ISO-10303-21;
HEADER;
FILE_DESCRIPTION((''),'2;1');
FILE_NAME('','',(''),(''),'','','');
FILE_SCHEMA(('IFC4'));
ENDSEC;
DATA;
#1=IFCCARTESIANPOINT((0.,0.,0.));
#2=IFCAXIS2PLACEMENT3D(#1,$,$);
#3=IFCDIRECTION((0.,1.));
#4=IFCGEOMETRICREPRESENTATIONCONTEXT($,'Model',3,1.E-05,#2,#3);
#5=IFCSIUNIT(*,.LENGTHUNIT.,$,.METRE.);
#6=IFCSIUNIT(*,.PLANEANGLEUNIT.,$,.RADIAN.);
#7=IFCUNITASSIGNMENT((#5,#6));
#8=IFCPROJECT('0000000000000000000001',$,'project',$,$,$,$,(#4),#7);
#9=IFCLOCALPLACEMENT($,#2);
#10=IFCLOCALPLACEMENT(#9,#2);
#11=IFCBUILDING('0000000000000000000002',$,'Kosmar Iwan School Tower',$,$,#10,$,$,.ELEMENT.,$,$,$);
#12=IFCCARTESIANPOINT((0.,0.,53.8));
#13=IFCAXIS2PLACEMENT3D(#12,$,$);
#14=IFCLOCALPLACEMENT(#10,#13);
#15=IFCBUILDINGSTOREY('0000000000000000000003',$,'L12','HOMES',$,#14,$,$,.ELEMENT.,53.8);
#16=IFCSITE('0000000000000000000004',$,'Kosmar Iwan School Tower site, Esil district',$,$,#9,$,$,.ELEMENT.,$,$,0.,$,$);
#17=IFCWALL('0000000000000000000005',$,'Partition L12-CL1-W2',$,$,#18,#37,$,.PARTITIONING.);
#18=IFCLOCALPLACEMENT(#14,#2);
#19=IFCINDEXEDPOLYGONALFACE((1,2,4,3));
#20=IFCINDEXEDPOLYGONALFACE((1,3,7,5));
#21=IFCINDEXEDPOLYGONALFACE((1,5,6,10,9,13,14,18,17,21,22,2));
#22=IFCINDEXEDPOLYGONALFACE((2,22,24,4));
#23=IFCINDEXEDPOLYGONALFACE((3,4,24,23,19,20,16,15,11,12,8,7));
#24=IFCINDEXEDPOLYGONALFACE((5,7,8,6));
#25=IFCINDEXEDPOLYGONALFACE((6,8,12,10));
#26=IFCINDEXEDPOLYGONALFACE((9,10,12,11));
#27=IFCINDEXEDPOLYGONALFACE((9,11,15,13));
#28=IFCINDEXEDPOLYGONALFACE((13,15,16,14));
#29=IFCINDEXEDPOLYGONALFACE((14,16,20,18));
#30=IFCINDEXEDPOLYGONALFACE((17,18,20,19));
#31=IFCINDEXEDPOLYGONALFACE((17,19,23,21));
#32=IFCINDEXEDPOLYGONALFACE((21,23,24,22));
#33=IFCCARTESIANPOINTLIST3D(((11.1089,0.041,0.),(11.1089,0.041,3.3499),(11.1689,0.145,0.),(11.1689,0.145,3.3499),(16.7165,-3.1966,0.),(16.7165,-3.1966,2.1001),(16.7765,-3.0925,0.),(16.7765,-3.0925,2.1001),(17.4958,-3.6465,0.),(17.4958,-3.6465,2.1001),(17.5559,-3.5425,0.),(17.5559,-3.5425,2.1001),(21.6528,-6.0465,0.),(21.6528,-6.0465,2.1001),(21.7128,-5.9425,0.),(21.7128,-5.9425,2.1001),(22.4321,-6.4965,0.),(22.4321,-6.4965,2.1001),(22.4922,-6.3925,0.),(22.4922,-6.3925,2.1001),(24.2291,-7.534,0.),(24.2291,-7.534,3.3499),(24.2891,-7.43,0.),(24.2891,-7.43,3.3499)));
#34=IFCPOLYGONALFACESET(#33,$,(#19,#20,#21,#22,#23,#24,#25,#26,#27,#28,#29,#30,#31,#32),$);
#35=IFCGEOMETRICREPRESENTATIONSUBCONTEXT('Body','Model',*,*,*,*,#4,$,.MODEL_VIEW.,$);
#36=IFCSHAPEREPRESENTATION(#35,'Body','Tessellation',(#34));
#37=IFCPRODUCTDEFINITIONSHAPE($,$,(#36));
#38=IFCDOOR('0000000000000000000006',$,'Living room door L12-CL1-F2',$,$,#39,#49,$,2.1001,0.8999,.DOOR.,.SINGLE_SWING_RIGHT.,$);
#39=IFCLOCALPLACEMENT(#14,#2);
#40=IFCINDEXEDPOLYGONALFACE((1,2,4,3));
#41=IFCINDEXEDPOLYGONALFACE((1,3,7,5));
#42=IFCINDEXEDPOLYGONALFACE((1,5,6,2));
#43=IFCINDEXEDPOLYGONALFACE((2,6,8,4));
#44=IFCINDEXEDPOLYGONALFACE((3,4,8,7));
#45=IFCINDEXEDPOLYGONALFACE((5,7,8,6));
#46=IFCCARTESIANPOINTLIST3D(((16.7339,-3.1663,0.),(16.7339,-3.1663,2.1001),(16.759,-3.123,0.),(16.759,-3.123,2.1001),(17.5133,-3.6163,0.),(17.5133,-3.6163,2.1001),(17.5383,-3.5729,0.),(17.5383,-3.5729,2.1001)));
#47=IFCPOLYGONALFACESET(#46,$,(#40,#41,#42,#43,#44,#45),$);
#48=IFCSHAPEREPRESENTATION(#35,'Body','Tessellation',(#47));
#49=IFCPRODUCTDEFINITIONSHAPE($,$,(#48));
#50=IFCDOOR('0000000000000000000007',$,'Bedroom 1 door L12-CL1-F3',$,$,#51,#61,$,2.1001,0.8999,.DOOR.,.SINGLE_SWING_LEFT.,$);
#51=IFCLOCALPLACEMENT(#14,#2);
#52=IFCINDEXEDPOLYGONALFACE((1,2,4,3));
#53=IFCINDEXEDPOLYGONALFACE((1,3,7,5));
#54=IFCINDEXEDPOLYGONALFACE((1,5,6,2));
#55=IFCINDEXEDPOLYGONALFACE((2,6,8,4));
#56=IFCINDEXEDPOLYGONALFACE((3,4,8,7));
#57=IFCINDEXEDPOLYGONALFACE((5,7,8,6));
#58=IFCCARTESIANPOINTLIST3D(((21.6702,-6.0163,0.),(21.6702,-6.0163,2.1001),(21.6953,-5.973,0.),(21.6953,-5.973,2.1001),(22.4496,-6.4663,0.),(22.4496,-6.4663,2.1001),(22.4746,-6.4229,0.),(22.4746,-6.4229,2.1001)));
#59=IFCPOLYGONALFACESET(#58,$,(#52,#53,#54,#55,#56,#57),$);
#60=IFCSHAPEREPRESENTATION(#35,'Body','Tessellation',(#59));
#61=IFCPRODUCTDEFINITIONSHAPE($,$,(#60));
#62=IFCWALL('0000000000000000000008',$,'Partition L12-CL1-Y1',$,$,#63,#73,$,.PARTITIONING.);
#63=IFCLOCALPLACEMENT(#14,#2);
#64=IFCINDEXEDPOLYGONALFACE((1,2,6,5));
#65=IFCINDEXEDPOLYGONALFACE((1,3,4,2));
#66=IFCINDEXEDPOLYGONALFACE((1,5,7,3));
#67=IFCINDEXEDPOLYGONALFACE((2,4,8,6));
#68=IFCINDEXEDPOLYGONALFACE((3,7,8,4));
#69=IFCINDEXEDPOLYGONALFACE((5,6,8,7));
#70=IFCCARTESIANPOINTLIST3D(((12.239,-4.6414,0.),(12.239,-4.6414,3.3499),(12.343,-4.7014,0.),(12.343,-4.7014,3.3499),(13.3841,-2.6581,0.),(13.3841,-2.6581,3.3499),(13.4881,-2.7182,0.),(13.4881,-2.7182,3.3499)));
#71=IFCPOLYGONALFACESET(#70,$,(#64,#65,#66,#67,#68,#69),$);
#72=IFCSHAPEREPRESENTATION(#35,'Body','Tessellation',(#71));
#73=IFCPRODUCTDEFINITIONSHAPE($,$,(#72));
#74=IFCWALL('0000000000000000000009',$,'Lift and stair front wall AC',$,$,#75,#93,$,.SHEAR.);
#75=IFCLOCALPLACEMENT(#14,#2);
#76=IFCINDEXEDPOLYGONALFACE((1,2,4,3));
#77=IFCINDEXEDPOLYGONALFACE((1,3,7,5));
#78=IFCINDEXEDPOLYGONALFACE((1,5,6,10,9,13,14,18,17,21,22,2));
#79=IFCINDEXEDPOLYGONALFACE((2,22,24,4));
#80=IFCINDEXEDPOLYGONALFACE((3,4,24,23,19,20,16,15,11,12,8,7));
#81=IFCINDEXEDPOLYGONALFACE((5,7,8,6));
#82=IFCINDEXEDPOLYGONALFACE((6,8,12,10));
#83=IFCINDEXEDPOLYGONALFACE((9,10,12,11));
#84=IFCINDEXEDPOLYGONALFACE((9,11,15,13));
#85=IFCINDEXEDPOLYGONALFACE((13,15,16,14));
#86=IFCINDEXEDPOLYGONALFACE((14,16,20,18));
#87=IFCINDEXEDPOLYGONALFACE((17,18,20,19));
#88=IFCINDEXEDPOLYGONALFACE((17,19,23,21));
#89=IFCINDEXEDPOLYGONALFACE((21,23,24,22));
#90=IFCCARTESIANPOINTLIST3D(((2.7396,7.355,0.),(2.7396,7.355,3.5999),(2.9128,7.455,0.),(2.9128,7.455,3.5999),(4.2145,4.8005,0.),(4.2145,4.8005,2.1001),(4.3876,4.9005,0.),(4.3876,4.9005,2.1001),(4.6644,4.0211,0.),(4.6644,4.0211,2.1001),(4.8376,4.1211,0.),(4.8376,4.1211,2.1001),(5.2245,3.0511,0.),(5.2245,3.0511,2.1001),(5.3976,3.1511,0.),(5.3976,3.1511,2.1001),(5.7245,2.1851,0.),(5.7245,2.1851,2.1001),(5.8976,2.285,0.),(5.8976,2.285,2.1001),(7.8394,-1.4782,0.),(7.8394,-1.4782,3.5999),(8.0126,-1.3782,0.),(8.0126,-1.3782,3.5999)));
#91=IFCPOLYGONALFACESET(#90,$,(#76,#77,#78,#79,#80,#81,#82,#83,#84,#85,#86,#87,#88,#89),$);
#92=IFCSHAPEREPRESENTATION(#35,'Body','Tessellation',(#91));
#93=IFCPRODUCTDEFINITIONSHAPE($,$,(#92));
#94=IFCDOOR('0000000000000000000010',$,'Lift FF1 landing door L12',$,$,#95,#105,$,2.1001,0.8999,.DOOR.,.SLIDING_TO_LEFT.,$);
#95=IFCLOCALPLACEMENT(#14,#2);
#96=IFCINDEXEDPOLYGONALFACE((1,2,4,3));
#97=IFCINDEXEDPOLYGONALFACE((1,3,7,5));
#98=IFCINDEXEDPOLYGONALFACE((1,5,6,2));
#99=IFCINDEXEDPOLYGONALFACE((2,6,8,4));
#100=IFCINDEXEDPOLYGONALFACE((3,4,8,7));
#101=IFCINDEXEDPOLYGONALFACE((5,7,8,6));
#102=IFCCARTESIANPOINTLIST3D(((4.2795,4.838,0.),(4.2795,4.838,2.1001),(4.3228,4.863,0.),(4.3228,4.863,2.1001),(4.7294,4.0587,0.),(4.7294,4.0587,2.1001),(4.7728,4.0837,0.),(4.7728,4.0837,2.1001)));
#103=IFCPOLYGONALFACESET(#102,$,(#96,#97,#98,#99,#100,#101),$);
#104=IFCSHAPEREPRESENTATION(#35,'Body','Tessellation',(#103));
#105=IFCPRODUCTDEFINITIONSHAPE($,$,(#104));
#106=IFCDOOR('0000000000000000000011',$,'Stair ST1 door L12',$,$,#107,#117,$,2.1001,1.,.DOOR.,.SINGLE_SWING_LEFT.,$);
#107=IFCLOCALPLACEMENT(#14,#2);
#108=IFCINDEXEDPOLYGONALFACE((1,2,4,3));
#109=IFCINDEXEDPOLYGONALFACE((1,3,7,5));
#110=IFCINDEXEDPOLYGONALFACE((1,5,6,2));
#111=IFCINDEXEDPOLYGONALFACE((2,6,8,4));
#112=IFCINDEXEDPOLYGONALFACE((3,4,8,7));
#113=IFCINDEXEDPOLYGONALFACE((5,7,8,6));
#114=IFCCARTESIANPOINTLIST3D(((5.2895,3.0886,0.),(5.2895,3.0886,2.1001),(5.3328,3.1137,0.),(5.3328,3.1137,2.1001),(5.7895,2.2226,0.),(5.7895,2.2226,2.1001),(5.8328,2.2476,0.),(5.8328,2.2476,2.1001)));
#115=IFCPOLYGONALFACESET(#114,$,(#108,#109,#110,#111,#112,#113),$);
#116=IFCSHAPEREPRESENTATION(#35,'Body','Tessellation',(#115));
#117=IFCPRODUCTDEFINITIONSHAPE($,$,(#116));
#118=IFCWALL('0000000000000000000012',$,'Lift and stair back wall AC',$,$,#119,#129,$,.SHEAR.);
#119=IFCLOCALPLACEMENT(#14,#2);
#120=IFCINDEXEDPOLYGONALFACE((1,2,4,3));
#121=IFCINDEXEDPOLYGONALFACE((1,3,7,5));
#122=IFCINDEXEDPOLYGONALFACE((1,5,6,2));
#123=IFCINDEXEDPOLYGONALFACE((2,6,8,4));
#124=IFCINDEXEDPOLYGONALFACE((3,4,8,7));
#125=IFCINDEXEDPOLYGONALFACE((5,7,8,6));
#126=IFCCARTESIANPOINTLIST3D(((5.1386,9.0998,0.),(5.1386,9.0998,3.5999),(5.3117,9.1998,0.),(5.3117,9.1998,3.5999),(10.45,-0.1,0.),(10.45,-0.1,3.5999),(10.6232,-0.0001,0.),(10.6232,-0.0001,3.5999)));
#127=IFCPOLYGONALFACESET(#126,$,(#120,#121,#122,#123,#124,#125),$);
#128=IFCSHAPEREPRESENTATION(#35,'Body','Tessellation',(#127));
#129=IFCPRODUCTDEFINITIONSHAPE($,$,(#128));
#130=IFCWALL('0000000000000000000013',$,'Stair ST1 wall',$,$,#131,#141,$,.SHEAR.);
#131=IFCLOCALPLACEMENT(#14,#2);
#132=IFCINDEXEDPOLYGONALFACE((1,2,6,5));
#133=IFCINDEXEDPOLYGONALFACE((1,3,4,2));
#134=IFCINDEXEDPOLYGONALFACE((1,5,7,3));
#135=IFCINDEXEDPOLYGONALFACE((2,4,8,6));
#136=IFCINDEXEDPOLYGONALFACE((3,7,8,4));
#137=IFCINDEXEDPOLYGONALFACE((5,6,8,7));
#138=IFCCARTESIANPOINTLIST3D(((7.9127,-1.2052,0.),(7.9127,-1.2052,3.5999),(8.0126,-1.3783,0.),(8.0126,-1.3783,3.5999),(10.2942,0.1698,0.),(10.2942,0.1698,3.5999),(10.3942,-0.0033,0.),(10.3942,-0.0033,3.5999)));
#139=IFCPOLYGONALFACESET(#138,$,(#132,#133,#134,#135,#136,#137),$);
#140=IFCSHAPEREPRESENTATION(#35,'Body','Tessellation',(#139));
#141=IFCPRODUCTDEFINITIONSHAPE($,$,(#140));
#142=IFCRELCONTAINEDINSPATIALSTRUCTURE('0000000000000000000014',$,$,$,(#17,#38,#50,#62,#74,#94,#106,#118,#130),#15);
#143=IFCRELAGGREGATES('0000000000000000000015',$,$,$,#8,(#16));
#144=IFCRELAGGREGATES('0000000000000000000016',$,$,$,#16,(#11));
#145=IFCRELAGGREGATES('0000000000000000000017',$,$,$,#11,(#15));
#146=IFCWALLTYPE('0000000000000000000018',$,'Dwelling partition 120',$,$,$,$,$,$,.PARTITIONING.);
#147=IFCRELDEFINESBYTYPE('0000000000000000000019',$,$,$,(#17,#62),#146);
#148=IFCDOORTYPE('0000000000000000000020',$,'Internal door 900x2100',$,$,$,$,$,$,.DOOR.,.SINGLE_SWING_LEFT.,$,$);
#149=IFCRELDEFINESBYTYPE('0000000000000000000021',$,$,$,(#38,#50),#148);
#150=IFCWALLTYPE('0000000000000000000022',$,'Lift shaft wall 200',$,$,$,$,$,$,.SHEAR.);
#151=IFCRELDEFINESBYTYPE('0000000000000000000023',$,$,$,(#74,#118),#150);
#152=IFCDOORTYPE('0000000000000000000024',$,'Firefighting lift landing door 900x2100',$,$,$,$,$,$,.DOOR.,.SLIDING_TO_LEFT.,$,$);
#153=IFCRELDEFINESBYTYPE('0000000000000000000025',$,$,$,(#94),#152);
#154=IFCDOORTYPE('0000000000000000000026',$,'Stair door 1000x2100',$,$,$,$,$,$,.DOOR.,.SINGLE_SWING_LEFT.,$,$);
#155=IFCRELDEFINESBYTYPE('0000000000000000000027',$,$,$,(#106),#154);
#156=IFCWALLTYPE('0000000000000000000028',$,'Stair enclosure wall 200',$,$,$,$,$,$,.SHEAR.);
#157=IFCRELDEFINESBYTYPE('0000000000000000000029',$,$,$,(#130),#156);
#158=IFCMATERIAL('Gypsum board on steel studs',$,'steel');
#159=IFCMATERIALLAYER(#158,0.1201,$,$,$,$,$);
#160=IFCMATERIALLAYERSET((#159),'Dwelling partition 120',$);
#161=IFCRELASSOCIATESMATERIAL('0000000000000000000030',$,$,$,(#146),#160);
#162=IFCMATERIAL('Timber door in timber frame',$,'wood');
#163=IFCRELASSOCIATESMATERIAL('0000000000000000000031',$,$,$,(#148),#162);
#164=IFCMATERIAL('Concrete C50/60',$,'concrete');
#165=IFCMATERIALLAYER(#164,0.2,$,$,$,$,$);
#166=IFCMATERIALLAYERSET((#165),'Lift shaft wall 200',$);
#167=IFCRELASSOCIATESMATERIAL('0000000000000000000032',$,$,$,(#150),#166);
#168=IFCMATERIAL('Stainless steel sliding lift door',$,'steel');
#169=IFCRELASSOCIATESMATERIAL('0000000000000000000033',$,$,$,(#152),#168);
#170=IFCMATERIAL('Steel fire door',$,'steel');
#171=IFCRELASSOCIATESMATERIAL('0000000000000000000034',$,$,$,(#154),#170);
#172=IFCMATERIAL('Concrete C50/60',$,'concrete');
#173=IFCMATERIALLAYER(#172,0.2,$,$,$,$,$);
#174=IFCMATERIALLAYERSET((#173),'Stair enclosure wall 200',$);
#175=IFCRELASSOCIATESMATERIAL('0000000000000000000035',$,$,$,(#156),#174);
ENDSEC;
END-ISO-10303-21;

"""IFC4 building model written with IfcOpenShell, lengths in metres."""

from ifc_helpers import new_model, si_unit, direction, frame, frame_2d, origin, place, context, subcontext, project, spatial, rectangle, extrude, material, layer, layer_set, type_object, element, fill, save


model = new_model("IFC4")

# Units and contexts
model_context = context("Model", 3, precision=1e-05, world=origin(), true_north=direction((0.0, 1.0)))
body_context = subcontext(model_context, "Body", "Model", "MODEL_VIEW")
ifc_project = project(units=[si_unit("LENGTHUNIT", "METRE"), si_unit("PLANEANGLEUNIT", "RADIAN")], contexts=[model_context])

# Site, building, storey
site_placement = place(None, origin())
site = spatial("IfcSite", under=ifc_project, at=site_placement, Name="Kosmar Iwan School Tower site, Esil district", CompositionType="ELEMENT", RefElevation=0.0)
building_placement = place(site_placement, origin())
building = spatial("IfcBuilding", under=site, at=building_placement, Name="Kosmar Iwan School Tower", CompositionType="ELEMENT")
storey_placement = place(building_placement, frame((0.0, 0.0, 53.8)))
storey = spatial("IfcBuildingStorey", under=building, at=storey_placement, Name="L12", Description="HOMES", CompositionType="ELEMENT", Elevation=53.8)

# Wall, openings, doors
ifc_material_1 = material(Name="Gypsum board on steel studs", Category="steel")
ifc_layer_1 = layer(ifc_material_1, 0.1201)
ifc_layer_set_1 = layer_set([ifc_layer_1], Name="Dwelling partition 120")
wall_type_1 = type_object("IfcWallType", Name="Dwelling partition 120", PredefinedType="PARTITIONING", material=ifc_layer_set_1)
ifc_material_2 = material(Name="Timber door in timber frame", Category="wood")
door_type_1 = type_object("IfcDoorType", Name="Internal door 900x2100", OperationType="SINGLE_SWING_LEFT", PredefinedType="DOOR", material=ifc_material_2)
wall_1_placement = place(storey_placement, frame((11.1389, 0.093, 0.0), z_axis=(0.0, 0.0, 1.0), x_axis=(0.866024, -0.500002, 0.0)))
wall_1 = element("IfcWall", 1, at=wall_1_placement, inside=storey, type_object=wall_type_1, Name="Partition L12-CL1-W2", PredefinedType="PARTITIONING", context=body_context, shape_type="SweptSolid", body=[
    extrude(rectangle(XDim=15.1499, YDim=0.1201, at=frame_2d((7.575, 0.0))), origin(), (0.0, 0.0, 1.0), 3.3499),
])
opening_1_placement = place(wall_1_placement, frame((6.4751, 0.0, 0.0)))
opening_1 = element("IfcOpeningElement", 2, at=opening_1_placement, cuts=wall_1, PredefinedType="OPENING", context=body_context, shape_type="SweptSolid", body=[
    extrude(rectangle(XDim=0.8999, YDim=2.1001, at=frame_2d((0.45, 1.05))), frame((0.0, 0.072, 0.0), z_axis=(0.0, -1.0, 0.0), x_axis=(1.0, 0.0, 0.0)), (0.0, 0.0, 1.0), 0.144),
])
opening_2_placement = place(wall_1_placement, frame((12.175, 0.0, 0.0)))
opening_2 = element("IfcOpeningElement", 3, at=opening_2_placement, cuts=wall_1, PredefinedType="OPENING", context=body_context, shape_type="SweptSolid", body=[
    extrude(rectangle(XDim=0.8999, YDim=2.1001, at=frame_2d((0.45, 1.05))), frame((0.0, 0.072, 0.0), z_axis=(0.0, -1.0, 0.0), x_axis=(1.0, 0.0, 0.0)), (0.0, 0.0, 1.0), 0.144),
])
door_1_placement = place(opening_1_placement, origin())
door_1 = element("IfcDoor", 4, at=door_1_placement, inside=storey, type_object=door_type_1, Name="Living room door L12-CL1-F2", OperationType="SINGLE_SWING_RIGHT", OverallHeight=2.1001, OverallWidth=0.8999, PredefinedType="DOOR", context=body_context, shape_type="SweptSolid", body=[
    extrude(rectangle(XDim=0.8999, YDim=2.1001, at=frame_2d((0.45, 1.05))), frame((0.0, 0.0249, 0.0), z_axis=(0.0, -1.0, 0.0), x_axis=(1.0, 0.0, 0.0)), (0.0, 0.0, 1.0), 0.05),
])
fill(opening_1, door_1)
door_2_placement = place(opening_2_placement, origin())
door_2 = element("IfcDoor", 5, at=door_2_placement, inside=storey, type_object=door_type_1, Name="Bedroom 1 door L12-CL1-F3", OperationType="SINGLE_SWING_LEFT", OverallHeight=2.1001, OverallWidth=0.8999, PredefinedType="DOOR", context=body_context, shape_type="SweptSolid", body=[
    extrude(rectangle(XDim=0.8999, YDim=2.1001, at=frame_2d((0.45, 1.05))), frame((0.0, 0.0249, 0.0), z_axis=(0.0, -1.0, 0.0), x_axis=(1.0, 0.0, 0.0)), (0.0, 0.0, 1.0), 0.05),
])
fill(opening_2, door_2)

# Wall
wall_2_placement = place(storey_placement, frame((12.291, -4.6714, 0.0), z_axis=(0.0, 0.0, 1.0), x_axis=(0.500015, 0.866017, 0.0)))
element("IfcWall", 6, at=wall_2_placement, inside=storey, type_object=wall_type_1, Name="Partition L12-CL1-Y1", PredefinedType="PARTITIONING", context=body_context, shape_type="SweptSolid", body=[
    extrude(rectangle(XDim=2.29, YDim=0.1201, at=frame_2d((1.145, 0.0))), origin(), (0.0, 0.0, 1.0), 3.3499),
])

# Wall, openings, doors
ifc_material_3 = material(Name="Concrete C50/60", Category="concrete")
ifc_layer_2 = layer(ifc_material_3, 0.2)
ifc_layer_set_2 = layer_set([ifc_layer_2], Name="Lift shaft wall 200")
wall_type_2 = type_object("IfcWallType", Name="Lift shaft wall 200", PredefinedType="SHEAR", material=ifc_layer_set_2)
wall_3_placement = place(storey_placement, frame((7.926, -1.4282, 0.0), z_axis=(0.0, 0.0, 1.0), x_axis=(-0.499998, 0.866027, 0.0)))
wall_3 = element("IfcWall", 7, at=wall_3_placement, inside=storey, type_object=wall_type_2, Name="Lift and stair front wall AC", PredefinedType="SHEAR", context=body_context, shape_type="SweptSolid", body=[
    extrude(rectangle(XDim=10.1997, YDim=0.2, at=frame_2d((5.0999, 0.0))), origin(), (0.0, 0.0, 1.0), 3.5999),
])
opening_3_placement = place(wall_3_placement, frame((6.3501, 0.0, 0.0)))
opening_3 = element("IfcOpeningElement", 8, at=opening_3_placement, cuts=wall_3, PredefinedType="OPENING", context=body_context, shape_type="SweptSolid", body=[
    extrude(rectangle(XDim=0.8999, YDim=2.1001, at=frame_2d((0.45, 1.05))), frame((0.0, 0.1121, 0.0), z_axis=(0.0, -1.0, 0.0), x_axis=(1.0, 0.0, 0.0)), (0.0, 0.0, 1.0), 0.2239),
])
opening_4_placement = place(wall_3_placement, frame((4.23, 0.0, 0.0)))
opening_4 = element("IfcOpeningElement", 9, at=opening_4_placement, cuts=wall_3, PredefinedType="OPENING", context=body_context, shape_type="SweptSolid", body=[
    extrude(rectangle(XDim=1.0, YDim=2.1001, at=frame_2d((0.5, 1.05))), frame((0.0, 0.1121, 0.0), z_axis=(0.0, -1.0, 0.0), x_axis=(1.0, 0.0, 0.0)), (0.0, 0.0, 1.0), 0.2239),
])
ifc_material_4 = material(Name="Stainless steel sliding lift door", Category="steel")
door_type_2 = type_object("IfcDoorType", Name="Firefighting lift landing door 900x2100", OperationType="SLIDING_TO_LEFT", PredefinedType="DOOR", material=ifc_material_4)
door_3_placement = place(opening_3_placement, origin())
door_3 = element("IfcDoor", 10, at=door_3_placement, inside=storey, type_object=door_type_2, Name="Lift FF1 landing door L12", OperationType="SLIDING_TO_LEFT", OverallHeight=2.1001, OverallWidth=0.8999, PredefinedType="DOOR", context=body_context, shape_type="SweptSolid", body=[
    extrude(rectangle(XDim=0.8999, YDim=2.1001, at=frame_2d((0.45, 1.05))), frame((0.0, 0.0249, 0.0), z_axis=(0.0, -1.0, 0.0), x_axis=(1.0, 0.0, 0.0)), (0.0, 0.0, 1.0), 0.05),
])
fill(opening_3, door_3)
ifc_material_5 = material(Name="Steel fire door", Category="steel")
door_type_3 = type_object("IfcDoorType", Name="Stair door 1000x2100", OperationType="SINGLE_SWING_LEFT", PredefinedType="DOOR", material=ifc_material_5)
door_4_placement = place(opening_4_placement, origin())
door_4 = element("IfcDoor", 11, at=door_4_placement, inside=storey, type_object=door_type_3, Name="Stair ST1 door L12", OperationType="SINGLE_SWING_LEFT", OverallHeight=2.1001, OverallWidth=1.0, PredefinedType="DOOR", context=body_context, shape_type="SweptSolid", body=[
    extrude(rectangle(XDim=1.0, YDim=2.1001, at=frame_2d((0.5, 1.05))), frame((0.0, 0.0249, 0.0), z_axis=(0.0, -1.0, 0.0), x_axis=(1.0, 0.0, 0.0)), (0.0, 0.0, 1.0), 0.05),
])
fill(opening_4, door_4)

# Walls
wall_4_placement = place(storey_placement, frame((10.5366, -0.05, 0.0), z_axis=(0.0, 0.0, 1.0), x_axis=(-0.499995, 0.866028, 0.0)))
element("IfcWall", 12, at=wall_4_placement, inside=storey, type_object=wall_type_2, Name="Lift and stair back wall AC", PredefinedType="SHEAR", context=body_context, shape_type="SweptSolid", body=[
    extrude(rectangle(XDim=10.623, YDim=0.2, at=frame_2d((5.3115, 0.0))), origin(), (0.0, 0.0, 1.0), 3.5999),
])
ifc_material_6 = material(Name="Concrete C50/60", Category="concrete")
ifc_layer_3 = layer(ifc_material_6, 0.2)
ifc_layer_set_3 = layer_set([ifc_layer_3], Name="Stair enclosure wall 200")
wall_type_3 = type_object("IfcWallType", Name="Stair enclosure wall 200", PredefinedType="SHEAR", material=ifc_layer_set_3)
wall_5_placement = place(storey_placement, frame((7.9626, -1.2917, 0.0), z_axis=(0.0, 0.0, 1.0), x_axis=(0.866027, 0.499997, 0.0)))
element("IfcWall", 13, at=wall_5_placement, inside=storey, type_object=wall_type_3, Name="Stair ST1 wall", PredefinedType="SHEAR", context=body_context, shape_type="SweptSolid", body=[
    extrude(rectangle(XDim=2.75, YDim=0.2, at=frame_2d((1.375, 0.0))), origin(), (0.0, 0.0, 1.0), 3.5999),
])

save(model, "model.ifc")
